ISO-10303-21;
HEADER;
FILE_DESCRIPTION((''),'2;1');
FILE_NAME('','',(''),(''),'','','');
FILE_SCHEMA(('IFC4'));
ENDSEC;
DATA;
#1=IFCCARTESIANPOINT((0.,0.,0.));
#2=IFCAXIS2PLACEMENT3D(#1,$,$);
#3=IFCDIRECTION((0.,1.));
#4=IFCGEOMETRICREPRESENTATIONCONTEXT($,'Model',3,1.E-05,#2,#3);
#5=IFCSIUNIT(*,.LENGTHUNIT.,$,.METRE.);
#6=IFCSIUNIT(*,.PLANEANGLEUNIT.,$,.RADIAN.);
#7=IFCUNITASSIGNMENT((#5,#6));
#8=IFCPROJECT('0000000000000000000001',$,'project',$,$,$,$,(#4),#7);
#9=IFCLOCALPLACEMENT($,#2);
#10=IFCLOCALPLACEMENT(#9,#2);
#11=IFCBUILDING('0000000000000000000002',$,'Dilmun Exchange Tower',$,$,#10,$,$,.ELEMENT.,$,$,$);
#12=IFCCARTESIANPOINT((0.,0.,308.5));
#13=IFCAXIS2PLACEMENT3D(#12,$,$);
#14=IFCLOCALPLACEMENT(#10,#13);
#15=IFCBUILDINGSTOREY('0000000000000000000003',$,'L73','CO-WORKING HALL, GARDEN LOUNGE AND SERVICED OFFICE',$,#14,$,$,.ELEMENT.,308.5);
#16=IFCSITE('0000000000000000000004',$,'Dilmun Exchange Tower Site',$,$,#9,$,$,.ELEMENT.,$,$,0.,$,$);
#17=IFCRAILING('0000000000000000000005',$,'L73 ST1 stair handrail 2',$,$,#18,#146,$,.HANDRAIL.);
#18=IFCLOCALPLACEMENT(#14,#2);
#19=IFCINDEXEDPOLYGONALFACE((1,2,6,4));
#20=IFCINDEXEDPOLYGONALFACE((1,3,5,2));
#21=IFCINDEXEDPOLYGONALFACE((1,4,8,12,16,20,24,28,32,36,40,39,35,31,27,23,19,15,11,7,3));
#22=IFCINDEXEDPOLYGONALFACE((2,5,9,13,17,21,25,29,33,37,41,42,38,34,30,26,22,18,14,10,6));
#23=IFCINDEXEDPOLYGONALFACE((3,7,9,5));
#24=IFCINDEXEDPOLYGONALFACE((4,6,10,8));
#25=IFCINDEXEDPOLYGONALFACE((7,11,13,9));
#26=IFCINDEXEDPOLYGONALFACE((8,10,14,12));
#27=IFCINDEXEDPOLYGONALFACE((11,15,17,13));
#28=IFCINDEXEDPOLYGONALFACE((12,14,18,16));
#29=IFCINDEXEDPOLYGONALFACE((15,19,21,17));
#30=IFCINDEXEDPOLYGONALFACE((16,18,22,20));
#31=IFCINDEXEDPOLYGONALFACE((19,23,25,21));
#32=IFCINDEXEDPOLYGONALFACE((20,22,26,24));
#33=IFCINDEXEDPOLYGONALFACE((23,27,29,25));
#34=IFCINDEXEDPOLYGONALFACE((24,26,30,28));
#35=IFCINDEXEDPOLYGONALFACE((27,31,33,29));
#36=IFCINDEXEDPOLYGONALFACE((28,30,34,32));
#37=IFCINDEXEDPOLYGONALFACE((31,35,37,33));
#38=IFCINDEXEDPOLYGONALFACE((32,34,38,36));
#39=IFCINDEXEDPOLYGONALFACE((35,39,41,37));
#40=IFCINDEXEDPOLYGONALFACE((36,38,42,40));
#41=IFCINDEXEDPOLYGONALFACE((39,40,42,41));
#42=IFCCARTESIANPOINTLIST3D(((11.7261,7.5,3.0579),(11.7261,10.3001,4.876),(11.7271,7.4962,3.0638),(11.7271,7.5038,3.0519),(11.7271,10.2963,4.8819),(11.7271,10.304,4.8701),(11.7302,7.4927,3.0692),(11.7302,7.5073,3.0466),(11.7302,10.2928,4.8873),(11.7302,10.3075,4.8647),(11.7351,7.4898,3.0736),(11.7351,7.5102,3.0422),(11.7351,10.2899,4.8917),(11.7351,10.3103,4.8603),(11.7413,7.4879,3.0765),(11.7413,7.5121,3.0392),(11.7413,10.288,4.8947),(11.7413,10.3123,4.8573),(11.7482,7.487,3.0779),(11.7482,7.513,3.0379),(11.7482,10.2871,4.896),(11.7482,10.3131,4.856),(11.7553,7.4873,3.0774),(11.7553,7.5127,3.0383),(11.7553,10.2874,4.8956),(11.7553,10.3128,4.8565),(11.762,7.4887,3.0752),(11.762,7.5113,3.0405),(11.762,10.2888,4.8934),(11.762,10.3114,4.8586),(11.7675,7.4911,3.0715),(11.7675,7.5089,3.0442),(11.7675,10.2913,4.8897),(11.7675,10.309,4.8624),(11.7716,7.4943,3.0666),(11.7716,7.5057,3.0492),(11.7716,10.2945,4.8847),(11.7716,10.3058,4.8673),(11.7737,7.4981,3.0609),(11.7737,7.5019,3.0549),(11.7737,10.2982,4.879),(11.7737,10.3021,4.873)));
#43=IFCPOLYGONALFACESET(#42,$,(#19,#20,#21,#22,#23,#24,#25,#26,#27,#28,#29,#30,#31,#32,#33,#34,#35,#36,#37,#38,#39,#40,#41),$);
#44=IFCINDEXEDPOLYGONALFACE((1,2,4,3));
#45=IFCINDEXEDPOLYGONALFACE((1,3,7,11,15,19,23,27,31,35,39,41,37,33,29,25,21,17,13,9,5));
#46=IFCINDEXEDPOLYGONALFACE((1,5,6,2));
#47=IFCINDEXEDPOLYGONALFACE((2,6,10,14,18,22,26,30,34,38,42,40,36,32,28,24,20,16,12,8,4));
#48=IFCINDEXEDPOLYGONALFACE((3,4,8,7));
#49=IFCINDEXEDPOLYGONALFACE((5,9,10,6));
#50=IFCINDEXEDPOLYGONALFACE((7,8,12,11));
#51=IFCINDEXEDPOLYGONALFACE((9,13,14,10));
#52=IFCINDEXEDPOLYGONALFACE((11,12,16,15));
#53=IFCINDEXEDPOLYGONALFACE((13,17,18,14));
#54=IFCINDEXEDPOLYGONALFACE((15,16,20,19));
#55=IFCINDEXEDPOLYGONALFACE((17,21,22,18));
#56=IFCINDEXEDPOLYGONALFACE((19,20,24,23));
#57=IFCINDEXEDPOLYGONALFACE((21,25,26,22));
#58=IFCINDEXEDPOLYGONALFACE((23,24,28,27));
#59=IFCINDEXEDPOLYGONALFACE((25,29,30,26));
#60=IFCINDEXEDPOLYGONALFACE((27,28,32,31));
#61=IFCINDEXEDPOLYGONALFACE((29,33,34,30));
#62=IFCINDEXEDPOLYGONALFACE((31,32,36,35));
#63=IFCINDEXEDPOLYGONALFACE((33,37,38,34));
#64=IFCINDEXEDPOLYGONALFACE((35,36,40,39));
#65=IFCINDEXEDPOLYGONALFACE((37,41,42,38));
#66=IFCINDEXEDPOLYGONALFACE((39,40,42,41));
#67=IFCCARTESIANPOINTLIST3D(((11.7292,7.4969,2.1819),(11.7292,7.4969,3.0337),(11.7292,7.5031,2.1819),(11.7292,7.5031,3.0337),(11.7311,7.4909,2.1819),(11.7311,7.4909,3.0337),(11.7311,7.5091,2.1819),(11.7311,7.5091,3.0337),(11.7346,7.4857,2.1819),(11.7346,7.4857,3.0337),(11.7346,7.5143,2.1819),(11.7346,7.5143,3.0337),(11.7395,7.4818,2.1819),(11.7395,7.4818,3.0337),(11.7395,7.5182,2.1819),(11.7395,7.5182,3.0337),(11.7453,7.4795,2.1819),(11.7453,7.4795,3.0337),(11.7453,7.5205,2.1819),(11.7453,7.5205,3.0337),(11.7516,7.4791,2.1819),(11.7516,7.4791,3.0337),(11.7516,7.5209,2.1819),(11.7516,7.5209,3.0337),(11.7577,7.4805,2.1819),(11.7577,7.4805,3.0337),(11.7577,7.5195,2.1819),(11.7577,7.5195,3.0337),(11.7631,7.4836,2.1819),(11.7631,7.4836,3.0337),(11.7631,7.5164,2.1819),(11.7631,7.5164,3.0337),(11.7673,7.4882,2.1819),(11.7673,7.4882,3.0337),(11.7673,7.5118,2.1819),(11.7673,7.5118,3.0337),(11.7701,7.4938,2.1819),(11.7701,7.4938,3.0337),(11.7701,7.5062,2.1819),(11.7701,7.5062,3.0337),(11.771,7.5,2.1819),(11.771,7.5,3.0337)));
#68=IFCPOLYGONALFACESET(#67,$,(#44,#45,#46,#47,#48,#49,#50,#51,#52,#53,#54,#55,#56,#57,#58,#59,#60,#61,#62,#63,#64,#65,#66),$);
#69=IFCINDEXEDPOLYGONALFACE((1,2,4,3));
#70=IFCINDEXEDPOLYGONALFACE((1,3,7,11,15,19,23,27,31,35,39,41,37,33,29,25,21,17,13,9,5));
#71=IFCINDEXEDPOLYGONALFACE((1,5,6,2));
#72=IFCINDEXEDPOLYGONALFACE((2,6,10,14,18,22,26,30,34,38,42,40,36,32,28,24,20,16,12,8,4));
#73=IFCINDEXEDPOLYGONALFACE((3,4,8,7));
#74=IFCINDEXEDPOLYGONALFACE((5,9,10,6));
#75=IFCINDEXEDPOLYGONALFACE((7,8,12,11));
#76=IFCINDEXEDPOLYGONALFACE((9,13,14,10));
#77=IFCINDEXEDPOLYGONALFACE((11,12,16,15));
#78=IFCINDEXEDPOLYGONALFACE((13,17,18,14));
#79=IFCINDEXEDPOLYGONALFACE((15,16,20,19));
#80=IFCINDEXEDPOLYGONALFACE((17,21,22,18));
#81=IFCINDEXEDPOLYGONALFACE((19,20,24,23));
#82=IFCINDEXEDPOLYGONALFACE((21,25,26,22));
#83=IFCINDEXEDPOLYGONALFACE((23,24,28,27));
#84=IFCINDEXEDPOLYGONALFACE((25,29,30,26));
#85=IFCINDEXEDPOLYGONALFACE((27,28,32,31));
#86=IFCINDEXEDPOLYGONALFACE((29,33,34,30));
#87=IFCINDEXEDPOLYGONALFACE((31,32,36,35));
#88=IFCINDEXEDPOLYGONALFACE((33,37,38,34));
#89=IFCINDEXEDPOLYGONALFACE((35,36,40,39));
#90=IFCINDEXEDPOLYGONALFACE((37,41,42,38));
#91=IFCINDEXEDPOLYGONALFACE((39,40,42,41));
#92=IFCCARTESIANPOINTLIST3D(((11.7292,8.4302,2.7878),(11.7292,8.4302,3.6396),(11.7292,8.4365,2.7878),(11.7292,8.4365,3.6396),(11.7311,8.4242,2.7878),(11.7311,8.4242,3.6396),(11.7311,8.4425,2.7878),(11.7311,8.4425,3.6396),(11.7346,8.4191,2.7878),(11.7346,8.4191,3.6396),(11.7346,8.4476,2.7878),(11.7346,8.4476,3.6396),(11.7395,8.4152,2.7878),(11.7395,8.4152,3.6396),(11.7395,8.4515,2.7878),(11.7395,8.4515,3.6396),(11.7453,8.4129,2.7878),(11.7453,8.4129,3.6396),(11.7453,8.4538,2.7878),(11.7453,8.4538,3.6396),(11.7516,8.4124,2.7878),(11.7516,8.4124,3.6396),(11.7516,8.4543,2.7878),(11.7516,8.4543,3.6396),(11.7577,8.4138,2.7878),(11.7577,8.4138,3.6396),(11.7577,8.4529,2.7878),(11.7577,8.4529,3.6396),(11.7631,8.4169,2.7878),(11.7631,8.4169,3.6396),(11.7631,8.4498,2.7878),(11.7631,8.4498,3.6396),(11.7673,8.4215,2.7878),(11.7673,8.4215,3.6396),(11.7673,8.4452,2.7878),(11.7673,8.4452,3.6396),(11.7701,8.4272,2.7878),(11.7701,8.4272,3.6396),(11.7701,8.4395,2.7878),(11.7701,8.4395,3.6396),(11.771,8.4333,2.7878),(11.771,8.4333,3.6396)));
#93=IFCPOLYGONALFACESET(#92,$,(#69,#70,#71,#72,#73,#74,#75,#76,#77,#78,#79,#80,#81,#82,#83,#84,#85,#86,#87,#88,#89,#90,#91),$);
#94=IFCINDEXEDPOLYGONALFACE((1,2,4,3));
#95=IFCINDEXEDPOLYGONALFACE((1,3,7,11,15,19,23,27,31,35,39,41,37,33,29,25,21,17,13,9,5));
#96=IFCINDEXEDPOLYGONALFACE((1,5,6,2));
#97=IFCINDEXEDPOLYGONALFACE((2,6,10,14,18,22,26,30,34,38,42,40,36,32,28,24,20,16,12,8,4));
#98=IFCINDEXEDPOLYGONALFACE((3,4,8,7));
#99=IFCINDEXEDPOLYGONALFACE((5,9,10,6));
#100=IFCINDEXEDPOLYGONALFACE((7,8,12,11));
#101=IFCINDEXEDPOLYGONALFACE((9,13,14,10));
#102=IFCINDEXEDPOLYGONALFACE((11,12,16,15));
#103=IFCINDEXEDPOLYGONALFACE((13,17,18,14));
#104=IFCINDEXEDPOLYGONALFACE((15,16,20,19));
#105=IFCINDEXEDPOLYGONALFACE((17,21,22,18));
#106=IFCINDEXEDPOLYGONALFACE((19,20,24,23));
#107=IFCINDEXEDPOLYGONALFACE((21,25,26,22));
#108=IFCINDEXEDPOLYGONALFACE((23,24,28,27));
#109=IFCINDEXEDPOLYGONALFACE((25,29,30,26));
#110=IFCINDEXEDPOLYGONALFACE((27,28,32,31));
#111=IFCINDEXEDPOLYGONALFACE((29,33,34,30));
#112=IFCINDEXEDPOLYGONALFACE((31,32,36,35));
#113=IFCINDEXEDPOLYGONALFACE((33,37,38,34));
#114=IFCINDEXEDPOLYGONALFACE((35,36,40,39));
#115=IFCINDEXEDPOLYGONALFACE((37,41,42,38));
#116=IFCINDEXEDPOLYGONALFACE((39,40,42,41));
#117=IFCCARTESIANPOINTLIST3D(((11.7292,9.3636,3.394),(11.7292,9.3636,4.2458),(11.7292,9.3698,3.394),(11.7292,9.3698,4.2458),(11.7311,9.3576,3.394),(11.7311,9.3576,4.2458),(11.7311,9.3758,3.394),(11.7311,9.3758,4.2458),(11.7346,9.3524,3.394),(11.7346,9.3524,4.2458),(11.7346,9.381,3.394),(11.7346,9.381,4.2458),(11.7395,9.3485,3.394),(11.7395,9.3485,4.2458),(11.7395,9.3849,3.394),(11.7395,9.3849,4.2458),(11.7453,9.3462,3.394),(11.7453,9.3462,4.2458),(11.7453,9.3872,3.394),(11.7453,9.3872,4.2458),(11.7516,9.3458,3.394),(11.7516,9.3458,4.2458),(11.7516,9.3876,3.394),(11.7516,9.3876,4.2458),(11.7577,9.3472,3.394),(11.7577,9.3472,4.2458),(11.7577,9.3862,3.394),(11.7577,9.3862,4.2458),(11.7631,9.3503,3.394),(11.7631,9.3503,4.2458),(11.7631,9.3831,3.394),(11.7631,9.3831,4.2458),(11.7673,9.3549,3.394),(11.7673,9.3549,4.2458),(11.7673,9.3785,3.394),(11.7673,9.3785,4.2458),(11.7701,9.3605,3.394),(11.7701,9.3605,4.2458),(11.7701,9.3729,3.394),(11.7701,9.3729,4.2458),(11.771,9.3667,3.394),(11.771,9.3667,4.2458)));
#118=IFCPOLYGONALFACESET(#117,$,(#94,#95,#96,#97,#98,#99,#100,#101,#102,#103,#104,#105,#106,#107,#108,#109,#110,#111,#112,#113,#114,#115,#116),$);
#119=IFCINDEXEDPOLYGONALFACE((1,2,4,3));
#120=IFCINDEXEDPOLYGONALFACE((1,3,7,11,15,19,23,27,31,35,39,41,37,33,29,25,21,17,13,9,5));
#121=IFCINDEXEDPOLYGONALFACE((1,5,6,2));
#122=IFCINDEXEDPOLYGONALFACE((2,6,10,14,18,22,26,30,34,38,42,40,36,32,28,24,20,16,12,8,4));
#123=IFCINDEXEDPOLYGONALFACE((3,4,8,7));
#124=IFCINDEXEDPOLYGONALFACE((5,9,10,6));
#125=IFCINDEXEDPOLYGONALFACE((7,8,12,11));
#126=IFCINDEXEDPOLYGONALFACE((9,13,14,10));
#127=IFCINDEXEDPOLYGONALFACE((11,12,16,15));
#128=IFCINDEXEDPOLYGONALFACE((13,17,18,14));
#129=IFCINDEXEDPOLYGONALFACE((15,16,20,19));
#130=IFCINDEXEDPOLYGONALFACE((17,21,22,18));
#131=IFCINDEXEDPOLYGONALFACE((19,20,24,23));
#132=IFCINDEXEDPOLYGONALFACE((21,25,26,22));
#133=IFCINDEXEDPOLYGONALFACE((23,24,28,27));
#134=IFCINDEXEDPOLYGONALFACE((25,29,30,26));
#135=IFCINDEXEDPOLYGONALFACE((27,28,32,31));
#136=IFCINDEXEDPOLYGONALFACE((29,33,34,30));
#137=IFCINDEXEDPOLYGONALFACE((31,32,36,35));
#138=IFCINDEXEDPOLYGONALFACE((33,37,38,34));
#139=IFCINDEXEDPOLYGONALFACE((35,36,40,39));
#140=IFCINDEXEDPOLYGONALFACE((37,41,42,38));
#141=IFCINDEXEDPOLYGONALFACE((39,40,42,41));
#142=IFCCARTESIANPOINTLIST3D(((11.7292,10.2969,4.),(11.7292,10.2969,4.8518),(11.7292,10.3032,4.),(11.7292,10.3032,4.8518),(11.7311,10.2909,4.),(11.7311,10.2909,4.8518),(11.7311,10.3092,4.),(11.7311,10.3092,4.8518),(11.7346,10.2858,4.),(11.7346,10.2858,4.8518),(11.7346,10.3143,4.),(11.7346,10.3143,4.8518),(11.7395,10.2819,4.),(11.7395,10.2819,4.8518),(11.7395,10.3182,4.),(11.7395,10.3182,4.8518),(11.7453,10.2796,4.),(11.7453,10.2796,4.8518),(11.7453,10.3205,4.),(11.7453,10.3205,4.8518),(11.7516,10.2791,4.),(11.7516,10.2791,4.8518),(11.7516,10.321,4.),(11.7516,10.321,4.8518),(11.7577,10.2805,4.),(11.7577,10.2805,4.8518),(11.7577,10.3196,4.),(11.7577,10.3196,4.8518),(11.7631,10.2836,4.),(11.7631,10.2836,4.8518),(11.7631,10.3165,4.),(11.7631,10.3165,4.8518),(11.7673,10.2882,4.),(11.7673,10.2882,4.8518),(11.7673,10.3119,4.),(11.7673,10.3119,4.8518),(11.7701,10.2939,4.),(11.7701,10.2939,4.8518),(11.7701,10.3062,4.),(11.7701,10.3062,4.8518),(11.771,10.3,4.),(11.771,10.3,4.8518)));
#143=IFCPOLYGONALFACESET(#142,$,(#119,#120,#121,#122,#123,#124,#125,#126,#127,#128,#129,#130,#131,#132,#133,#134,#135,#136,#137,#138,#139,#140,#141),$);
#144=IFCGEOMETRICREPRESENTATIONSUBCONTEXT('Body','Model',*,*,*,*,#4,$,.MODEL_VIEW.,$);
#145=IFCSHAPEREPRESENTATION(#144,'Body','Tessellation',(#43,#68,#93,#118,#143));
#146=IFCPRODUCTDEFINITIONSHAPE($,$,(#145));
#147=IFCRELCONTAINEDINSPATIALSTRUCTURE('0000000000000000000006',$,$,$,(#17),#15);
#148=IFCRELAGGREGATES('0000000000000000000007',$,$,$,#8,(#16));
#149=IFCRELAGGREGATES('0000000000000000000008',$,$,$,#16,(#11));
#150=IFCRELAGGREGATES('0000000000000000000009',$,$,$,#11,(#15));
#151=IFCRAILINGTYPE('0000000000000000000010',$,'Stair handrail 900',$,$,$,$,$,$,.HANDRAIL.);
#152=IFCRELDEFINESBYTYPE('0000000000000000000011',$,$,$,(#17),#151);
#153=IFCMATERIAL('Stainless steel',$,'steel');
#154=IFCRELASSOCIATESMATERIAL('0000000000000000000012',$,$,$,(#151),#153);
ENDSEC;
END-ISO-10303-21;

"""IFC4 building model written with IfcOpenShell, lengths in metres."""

from ifc_helpers import new_model, si_unit, direction, frame, origin, origin_2d, place, context, subcontext, project, spatial, circle, extrude, material, type_object, element, save


model = new_model("IFC4")

# Units and contexts
model_context = context("Model", 3, precision=1e-05, world=origin(), true_north=direction((0.0, 1.0)))
body_context = subcontext(model_context, "Body", "Model", "MODEL_VIEW")
ifc_project = project(units=[si_unit("LENGTHUNIT", "METRE"), si_unit("PLANEANGLEUNIT", "RADIAN")], contexts=[model_context])

# Site, building, storey
site_placement = place(None, origin())
site = spatial("IfcSite", under=ifc_project, at=site_placement, Name="Dilmun Exchange Tower Site", CompositionType="ELEMENT", RefElevation=0.0)
building_placement = place(site_placement, origin())
building = spatial("IfcBuilding", under=site, at=building_placement, Name="Dilmun Exchange Tower", CompositionType="ELEMENT")
storey_placement = place(building_placement, frame((0.0, 0.0, 308.5)))
storey = spatial("IfcBuildingStorey", under=building, at=storey_placement, Name="L73", Description="CO-WORKING HALL, GARDEN LOUNGE AND SERVICED OFFICE", CompositionType="ELEMENT", Elevation=308.5)

# Railing
ifc_material_1 = material(Name="Stainless steel", Category="steel")
railing_type = type_object("IfcRailingType", Name="Stair handrail 900", PredefinedType="HANDRAIL", material=ifc_material_1)
railing_1_placement = place(storey_placement, frame((11.75, 7.5, 2.1819)))
element("IfcRailing", 1, at=railing_1_placement, inside=storey, type_object=railing_type, Name="L73 ST1 stair handrail 2", PredefinedType="HANDRAIL", context=body_context, shape_type="SweptSolid", body=[
    extrude(circle(Radius=0.0239, at=origin_2d()), frame((0.0, 0.0, 0.876), z_axis=(0.0, 0.838706, 0.544585), x_axis=(-1.0, 0.0, 0.0)), (0.0, 0.0, 1.0), 3.3386),
    extrude(circle(Radius=0.021, at=origin_2d()), origin(), (0.0, 0.0, 1.0), 0.8518),
    extrude(circle(Radius=0.021, at=origin_2d()), frame((0.0, 0.9333, 0.606)), (0.0, 0.0, 1.0), 0.8518),
    extrude(circle(Radius=0.021, at=origin_2d()), frame((0.0, 1.8667, 1.2122)), (0.0, 0.0, 1.0), 0.8518),
    extrude(circle(Radius=0.021, at=origin_2d()), frame((0.0, 2.8, 1.8181)), (0.0, 0.0, 1.0), 0.8518),
])

save(model, "model.ifc")
